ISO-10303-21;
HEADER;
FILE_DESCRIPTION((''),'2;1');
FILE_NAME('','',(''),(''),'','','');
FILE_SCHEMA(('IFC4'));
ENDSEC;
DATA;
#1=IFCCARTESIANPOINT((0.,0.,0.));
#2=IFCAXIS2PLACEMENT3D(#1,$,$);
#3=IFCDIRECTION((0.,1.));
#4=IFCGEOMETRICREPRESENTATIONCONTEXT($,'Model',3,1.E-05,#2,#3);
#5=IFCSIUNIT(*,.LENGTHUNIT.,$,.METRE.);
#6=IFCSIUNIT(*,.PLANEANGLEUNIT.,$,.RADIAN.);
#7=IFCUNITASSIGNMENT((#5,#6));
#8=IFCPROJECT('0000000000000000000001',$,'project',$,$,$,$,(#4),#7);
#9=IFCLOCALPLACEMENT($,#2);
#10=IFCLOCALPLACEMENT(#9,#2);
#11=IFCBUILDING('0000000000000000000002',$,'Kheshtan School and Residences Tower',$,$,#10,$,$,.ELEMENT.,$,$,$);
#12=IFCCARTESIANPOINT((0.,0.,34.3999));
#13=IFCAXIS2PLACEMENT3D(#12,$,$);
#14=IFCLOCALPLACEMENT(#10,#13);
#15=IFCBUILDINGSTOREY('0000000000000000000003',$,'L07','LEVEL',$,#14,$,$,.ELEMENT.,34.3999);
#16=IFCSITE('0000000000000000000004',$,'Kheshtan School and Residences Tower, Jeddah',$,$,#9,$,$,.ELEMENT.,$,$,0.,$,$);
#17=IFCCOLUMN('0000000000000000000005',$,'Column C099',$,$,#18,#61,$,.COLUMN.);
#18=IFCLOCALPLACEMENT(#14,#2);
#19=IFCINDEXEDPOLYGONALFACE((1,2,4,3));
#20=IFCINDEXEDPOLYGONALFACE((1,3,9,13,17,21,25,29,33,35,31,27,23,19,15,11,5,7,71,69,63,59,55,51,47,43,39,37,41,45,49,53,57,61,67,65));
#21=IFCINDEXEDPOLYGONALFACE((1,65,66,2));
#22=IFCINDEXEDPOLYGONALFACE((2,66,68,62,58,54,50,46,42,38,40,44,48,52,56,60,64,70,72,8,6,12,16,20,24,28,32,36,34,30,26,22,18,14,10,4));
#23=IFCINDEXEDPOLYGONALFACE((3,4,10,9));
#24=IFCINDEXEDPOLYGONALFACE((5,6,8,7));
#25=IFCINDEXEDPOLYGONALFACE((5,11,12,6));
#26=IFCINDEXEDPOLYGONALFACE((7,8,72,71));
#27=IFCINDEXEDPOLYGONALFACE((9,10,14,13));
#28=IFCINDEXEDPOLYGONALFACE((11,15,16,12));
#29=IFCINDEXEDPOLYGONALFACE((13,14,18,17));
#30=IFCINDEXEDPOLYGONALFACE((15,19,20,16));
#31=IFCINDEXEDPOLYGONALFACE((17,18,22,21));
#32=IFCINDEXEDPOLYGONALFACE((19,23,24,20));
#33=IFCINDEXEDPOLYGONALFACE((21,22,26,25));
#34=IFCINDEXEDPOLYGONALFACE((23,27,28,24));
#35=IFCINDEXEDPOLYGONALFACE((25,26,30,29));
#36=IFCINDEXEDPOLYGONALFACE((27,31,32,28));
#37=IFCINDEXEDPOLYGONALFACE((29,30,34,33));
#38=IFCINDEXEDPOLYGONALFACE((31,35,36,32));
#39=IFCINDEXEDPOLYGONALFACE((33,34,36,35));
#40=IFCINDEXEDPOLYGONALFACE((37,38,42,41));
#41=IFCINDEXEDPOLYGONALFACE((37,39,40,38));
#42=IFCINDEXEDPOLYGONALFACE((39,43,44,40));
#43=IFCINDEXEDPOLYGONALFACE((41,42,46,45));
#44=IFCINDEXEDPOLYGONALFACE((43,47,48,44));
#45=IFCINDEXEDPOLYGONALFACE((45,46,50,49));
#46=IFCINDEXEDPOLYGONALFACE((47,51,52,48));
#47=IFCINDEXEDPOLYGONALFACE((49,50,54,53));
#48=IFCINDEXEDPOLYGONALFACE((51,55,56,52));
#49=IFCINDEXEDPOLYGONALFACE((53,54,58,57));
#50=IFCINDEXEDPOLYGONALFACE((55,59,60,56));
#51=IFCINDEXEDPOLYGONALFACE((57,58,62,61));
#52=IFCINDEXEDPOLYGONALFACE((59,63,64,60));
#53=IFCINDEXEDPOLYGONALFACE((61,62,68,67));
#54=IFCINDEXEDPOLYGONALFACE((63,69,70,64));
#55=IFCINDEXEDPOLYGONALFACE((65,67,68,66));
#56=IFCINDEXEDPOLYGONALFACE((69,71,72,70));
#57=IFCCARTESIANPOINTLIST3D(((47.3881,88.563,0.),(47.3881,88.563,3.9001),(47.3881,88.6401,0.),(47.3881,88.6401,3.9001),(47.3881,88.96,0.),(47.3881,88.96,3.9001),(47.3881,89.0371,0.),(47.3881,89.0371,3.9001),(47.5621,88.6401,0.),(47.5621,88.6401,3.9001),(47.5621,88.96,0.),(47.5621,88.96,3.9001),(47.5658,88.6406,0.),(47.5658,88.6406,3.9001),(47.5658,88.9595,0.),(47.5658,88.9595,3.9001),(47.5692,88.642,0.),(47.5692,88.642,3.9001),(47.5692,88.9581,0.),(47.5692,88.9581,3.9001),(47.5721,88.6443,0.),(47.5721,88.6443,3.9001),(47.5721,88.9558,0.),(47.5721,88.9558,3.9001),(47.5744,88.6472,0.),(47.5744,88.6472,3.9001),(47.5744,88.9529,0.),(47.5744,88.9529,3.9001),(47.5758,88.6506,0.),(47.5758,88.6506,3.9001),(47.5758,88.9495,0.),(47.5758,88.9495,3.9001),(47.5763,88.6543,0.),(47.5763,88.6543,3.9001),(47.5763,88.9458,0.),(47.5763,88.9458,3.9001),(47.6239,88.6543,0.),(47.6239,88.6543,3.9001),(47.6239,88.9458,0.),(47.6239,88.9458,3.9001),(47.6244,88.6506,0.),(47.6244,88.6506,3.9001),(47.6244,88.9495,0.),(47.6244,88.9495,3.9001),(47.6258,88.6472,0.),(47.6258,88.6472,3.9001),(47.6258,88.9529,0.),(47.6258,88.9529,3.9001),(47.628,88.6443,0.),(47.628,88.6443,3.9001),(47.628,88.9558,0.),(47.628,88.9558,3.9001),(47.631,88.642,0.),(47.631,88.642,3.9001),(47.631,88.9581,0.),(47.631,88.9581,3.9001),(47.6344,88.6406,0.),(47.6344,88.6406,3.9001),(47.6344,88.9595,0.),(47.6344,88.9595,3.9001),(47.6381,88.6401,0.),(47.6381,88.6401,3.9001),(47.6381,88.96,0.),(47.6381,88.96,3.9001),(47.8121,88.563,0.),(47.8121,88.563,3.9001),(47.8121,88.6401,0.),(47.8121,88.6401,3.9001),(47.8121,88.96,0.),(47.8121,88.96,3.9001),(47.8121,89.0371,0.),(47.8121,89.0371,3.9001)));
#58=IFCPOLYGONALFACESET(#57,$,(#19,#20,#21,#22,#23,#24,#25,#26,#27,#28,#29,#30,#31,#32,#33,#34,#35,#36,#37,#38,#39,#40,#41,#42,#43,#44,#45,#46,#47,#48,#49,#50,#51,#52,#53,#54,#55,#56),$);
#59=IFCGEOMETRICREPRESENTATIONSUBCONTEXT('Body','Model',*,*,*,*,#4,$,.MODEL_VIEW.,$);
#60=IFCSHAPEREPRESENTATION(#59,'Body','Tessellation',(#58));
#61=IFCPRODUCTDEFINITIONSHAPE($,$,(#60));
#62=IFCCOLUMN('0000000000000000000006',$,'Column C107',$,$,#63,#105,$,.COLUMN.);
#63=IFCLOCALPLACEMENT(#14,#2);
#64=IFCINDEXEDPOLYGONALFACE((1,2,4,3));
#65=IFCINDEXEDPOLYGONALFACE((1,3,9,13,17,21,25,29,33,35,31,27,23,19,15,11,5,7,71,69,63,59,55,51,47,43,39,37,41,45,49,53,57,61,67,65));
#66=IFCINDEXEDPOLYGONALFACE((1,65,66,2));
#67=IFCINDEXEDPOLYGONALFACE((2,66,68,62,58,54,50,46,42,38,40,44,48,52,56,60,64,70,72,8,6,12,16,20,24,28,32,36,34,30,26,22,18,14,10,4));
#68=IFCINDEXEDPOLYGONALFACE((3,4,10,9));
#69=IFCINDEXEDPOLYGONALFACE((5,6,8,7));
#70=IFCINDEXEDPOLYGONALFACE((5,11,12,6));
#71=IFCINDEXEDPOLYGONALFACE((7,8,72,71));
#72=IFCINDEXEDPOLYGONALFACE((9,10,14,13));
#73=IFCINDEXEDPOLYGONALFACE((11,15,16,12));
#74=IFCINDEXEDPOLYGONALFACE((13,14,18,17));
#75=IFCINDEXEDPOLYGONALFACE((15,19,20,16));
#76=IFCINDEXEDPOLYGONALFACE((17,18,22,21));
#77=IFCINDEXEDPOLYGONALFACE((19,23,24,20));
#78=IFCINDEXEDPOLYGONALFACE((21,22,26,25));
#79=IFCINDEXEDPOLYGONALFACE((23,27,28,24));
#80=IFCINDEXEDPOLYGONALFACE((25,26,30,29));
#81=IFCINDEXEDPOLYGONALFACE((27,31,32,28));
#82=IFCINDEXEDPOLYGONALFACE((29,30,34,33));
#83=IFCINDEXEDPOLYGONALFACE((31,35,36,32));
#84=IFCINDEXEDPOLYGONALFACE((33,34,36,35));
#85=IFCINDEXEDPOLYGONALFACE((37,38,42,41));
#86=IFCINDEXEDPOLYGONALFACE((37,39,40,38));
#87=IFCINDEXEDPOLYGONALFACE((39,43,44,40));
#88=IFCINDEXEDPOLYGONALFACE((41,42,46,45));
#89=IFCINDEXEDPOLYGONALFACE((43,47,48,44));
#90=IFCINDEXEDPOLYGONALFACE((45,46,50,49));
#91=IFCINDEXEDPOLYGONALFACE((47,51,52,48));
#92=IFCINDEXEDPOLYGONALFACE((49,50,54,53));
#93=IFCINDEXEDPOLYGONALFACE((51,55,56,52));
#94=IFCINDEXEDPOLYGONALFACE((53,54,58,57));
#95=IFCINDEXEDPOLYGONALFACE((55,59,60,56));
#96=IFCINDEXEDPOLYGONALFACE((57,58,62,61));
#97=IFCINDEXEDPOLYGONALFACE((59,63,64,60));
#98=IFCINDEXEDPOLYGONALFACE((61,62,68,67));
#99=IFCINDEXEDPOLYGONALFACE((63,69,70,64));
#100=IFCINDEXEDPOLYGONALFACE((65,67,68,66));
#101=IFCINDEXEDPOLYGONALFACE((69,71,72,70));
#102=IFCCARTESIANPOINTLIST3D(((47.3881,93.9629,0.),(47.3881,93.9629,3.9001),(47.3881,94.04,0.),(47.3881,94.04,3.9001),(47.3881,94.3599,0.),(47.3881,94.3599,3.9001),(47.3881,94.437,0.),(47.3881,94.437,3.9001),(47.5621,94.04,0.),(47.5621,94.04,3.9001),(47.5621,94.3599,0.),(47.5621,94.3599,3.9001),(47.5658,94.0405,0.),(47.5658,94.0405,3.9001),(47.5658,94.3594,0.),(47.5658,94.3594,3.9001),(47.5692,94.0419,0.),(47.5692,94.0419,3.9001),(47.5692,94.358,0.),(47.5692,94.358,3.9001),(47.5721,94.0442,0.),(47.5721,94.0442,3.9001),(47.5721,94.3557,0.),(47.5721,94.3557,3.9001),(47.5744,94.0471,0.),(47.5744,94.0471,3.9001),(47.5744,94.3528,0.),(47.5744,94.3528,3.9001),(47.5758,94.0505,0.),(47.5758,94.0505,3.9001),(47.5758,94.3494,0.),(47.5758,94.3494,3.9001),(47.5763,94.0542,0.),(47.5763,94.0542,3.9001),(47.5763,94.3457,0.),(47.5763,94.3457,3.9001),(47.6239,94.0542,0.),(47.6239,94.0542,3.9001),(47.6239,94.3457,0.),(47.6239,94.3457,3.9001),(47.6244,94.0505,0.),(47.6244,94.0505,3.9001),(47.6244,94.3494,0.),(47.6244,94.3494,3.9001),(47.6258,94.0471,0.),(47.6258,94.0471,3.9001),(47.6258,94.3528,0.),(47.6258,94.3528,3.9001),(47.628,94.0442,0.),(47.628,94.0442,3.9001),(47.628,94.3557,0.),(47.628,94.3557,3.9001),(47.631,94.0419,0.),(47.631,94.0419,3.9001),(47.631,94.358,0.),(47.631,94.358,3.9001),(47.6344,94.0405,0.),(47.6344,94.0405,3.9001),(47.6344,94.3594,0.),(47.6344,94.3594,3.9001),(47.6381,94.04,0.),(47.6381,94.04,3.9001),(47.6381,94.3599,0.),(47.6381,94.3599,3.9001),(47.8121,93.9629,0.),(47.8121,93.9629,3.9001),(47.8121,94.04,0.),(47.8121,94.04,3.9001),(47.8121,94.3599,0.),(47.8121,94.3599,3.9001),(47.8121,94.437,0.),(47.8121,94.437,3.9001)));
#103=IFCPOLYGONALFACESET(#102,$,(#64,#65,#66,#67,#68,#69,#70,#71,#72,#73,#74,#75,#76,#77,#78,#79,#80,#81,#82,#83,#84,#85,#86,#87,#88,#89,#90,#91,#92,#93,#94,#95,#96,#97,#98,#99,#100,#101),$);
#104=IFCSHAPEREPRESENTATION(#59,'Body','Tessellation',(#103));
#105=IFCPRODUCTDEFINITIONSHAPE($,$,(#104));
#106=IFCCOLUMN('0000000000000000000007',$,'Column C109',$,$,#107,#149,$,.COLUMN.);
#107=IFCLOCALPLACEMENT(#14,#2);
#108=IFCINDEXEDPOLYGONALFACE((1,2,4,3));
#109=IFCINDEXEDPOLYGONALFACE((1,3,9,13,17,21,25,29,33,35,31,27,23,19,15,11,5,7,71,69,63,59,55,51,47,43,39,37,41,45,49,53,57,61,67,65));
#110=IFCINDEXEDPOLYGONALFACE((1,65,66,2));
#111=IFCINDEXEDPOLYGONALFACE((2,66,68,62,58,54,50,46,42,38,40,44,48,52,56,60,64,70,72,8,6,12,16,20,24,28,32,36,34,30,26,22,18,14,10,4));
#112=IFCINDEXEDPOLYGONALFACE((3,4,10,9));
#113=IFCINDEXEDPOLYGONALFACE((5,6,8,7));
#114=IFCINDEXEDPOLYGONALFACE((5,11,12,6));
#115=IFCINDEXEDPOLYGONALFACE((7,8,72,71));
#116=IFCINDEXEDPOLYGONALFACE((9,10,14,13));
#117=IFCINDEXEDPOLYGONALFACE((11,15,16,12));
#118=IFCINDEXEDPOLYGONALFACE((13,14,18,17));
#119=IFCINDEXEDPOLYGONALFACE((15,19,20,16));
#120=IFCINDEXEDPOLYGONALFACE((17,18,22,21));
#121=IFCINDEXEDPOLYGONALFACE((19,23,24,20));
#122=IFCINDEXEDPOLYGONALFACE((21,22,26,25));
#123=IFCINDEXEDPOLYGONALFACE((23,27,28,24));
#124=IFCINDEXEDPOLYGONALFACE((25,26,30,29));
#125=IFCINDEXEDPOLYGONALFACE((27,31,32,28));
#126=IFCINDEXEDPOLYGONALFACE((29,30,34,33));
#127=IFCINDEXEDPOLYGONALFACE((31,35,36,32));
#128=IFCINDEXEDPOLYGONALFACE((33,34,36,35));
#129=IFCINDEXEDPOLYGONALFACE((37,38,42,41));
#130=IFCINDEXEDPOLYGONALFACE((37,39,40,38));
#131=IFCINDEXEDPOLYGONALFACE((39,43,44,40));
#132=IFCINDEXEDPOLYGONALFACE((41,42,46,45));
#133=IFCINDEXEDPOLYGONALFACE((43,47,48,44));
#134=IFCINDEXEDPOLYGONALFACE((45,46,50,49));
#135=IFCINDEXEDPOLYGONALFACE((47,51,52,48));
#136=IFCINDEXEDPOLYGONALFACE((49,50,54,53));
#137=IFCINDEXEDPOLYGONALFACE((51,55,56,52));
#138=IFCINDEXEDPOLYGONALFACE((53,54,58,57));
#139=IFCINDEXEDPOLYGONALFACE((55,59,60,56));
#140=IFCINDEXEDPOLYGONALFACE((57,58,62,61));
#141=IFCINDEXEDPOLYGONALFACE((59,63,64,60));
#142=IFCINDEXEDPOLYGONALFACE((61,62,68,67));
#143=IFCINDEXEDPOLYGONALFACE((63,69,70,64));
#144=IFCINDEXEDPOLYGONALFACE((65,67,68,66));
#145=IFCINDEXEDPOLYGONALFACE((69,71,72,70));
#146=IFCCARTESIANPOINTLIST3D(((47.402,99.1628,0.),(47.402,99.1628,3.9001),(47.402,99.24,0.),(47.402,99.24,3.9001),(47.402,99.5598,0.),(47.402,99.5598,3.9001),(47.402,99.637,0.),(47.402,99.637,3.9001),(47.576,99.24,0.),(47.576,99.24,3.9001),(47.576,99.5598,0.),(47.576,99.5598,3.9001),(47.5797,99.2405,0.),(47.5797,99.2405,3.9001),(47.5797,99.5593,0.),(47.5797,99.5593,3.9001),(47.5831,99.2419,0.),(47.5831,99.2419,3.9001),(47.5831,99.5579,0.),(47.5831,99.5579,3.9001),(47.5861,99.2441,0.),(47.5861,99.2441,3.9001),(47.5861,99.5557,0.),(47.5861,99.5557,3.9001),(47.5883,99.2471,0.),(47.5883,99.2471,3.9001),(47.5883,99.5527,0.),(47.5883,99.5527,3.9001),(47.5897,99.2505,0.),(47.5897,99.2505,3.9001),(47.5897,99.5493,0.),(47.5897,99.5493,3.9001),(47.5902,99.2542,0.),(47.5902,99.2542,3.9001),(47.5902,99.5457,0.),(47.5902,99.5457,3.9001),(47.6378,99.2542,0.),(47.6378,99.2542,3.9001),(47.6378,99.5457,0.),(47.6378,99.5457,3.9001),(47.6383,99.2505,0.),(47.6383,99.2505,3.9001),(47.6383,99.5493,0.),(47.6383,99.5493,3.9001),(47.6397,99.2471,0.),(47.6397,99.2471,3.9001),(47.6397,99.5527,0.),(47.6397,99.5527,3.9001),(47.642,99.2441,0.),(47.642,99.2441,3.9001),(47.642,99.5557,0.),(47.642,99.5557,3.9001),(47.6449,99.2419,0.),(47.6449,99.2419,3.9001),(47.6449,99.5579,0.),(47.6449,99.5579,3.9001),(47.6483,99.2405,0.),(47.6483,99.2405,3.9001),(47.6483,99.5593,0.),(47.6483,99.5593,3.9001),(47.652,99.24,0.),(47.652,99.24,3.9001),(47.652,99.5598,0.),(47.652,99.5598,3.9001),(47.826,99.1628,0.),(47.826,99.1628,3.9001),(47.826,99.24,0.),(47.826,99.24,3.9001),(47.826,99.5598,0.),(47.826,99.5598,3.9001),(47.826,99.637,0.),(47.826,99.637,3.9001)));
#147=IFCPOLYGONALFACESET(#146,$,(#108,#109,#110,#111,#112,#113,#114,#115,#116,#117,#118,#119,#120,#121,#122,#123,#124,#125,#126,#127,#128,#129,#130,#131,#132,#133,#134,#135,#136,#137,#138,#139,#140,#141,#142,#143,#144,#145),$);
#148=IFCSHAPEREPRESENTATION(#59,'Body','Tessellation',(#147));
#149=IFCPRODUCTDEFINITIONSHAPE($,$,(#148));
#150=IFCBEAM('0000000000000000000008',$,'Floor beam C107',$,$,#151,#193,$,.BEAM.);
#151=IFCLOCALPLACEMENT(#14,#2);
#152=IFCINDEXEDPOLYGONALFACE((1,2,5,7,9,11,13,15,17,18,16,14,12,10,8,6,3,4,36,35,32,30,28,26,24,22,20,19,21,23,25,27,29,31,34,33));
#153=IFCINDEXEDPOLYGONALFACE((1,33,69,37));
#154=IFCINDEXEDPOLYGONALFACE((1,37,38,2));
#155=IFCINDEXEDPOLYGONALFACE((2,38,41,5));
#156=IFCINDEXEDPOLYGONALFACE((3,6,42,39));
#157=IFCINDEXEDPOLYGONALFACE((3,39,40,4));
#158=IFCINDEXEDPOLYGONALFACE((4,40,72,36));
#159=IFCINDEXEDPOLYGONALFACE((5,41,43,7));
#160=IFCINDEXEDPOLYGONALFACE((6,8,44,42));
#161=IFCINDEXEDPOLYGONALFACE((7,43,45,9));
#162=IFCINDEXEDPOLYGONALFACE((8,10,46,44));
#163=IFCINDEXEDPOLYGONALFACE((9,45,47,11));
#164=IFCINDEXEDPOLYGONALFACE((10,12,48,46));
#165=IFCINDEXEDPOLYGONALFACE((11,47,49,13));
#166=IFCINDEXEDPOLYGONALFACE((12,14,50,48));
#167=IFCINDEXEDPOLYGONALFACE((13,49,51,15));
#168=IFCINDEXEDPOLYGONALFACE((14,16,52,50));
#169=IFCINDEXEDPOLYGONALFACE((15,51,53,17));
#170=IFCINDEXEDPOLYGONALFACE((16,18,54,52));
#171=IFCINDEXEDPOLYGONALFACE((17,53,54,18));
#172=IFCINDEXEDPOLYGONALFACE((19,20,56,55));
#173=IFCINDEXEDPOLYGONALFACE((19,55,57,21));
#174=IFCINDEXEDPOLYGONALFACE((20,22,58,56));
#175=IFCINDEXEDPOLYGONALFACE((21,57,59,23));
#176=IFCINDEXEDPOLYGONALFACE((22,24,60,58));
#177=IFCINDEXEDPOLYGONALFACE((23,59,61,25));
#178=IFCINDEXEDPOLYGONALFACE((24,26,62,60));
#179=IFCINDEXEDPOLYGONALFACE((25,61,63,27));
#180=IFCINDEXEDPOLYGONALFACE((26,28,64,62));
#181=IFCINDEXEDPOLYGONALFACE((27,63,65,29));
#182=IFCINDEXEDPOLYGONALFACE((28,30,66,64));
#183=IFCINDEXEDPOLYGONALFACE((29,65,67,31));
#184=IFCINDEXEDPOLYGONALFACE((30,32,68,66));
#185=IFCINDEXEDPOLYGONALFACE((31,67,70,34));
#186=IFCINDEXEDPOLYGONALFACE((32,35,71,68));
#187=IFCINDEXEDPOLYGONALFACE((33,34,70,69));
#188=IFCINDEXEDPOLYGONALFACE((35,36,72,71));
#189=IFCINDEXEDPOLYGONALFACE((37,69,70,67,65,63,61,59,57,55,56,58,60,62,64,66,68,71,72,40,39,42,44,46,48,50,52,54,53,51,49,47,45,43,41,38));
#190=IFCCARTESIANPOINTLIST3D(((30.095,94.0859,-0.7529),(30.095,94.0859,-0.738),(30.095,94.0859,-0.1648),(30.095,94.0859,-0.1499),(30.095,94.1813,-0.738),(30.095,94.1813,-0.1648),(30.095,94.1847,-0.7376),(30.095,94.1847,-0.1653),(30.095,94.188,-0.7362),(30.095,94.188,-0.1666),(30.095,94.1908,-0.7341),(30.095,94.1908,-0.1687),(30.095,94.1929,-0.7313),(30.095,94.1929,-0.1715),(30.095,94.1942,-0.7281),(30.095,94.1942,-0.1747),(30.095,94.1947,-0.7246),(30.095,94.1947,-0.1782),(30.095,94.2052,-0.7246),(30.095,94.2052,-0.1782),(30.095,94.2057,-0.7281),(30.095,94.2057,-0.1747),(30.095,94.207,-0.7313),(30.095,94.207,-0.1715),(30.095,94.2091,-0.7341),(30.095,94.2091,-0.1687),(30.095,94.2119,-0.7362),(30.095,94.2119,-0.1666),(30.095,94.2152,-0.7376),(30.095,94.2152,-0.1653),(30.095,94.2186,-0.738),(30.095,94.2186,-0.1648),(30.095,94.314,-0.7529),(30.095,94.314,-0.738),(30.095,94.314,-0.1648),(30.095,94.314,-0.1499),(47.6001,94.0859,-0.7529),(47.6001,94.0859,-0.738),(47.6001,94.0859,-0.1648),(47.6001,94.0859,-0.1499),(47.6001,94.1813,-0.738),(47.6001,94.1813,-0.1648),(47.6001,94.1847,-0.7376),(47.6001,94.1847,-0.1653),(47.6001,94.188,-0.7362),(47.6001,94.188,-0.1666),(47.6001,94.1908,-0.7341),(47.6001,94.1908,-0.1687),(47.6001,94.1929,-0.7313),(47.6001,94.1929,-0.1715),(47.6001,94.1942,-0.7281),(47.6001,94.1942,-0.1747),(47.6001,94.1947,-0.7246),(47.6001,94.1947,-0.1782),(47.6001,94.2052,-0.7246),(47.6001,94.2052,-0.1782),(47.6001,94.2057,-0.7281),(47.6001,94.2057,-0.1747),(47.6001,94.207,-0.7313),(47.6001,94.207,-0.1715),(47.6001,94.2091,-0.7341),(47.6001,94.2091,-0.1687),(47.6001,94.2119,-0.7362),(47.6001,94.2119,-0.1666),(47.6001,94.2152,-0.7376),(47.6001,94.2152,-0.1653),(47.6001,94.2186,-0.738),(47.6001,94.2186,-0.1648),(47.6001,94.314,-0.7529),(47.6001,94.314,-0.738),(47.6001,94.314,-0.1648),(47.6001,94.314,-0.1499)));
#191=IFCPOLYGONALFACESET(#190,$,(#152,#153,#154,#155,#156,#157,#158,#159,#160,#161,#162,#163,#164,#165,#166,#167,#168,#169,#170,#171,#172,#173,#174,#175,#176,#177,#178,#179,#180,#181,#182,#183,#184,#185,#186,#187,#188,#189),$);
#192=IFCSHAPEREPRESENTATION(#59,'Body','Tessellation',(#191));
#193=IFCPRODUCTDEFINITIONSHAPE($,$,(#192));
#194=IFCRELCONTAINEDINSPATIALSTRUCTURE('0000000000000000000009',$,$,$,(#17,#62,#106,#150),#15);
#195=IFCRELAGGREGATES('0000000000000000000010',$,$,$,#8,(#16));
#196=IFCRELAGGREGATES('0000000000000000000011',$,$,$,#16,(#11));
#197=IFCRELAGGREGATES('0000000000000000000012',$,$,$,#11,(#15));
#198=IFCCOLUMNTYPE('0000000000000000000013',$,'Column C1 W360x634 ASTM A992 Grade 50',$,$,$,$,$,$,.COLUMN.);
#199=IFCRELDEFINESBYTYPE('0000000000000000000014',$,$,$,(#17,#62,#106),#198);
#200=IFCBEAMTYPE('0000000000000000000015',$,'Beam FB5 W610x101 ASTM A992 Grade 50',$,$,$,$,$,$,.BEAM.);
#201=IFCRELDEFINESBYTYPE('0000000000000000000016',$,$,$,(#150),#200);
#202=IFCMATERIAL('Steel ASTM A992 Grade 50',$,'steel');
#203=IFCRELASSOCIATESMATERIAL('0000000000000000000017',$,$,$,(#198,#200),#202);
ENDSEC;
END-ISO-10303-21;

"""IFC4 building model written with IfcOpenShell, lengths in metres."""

from ifc_helpers import new_model, si_unit, direction, frame, origin, origin_2d, place, context, subcontext, project, spatial, i_section, extrude, material, material_profile, profile_set, type_object, element, save


model = new_model("IFC4")

# Units and contexts
model_context = context("Model", 3, precision=1e-05, world=origin(), true_north=direction((0.0, 1.0)))
body_context = subcontext(model_context, "Body", "Model", "MODEL_VIEW")
ifc_project = project(units=[si_unit("LENGTHUNIT", "METRE"), si_unit("PLANEANGLEUNIT", "RADIAN")], contexts=[model_context])

# Site, building, storey
site_placement = place(None, origin())
site = spatial("IfcSite", under=ifc_project, at=site_placement, Name="Kheshtan School and Residences Tower, Jeddah", CompositionType="ELEMENT", RefElevation=0.0)
building_placement = place(site_placement, origin())
building = spatial("IfcBuilding", under=site, at=building_placement, Name="Kheshtan School and Residences Tower", CompositionType="ELEMENT")
storey_placement = place(building_placement, frame((0.0, 0.0, 34.3999)))
storey = spatial("IfcBuildingStorey", under=building, at=storey_placement, Name="L07", Description="LEVEL", CompositionType="ELEMENT", Elevation=34.3999)

# Columns
ifc_material_1 = material(Name="Steel ASTM A992 Grade 50", Category="steel")
ifc_material_profile_1 = material_profile(ifc_material_1, i_section(OverallWidth=0.4241, OverallDepth=0.4741, WebThickness=0.0476, FlangeThickness=0.0771, FilletRadius=0.0142, at=origin_2d()), Name="W360x634")
ifc_profile_set_1 = profile_set([ifc_material_profile_1], Name="Steel ASTM A992 Grade 50")
column_type = type_object("IfcColumnType", Name="Column C1 W360x634 ASTM A992 Grade 50", PredefinedType="COLUMN", material=ifc_profile_set_1)
for number, where, z_axis, x_axis, name in (
    (1, (47.6001, 88.8, 0.0), (0.0, 0.0, 1.0), (1.0, 0.0, 0.0), "Column C099"),
    (2, (47.6001, 94.2, 0.0), (0.0, 0.0, 1.0), (1.0, 0.0, 0.0), "Column C107"),
    (3, (47.614, 99.3999, 0.0), (0.0, 0.0, 1.0), (1.0, 0.0, 0.0), "Column C109"),
):
    element("IfcColumn", number, at=place(storey_placement, frame(where, z_axis=z_axis, x_axis=x_axis)), inside=storey, type_object=column_type, Name=name, PredefinedType="COLUMN", context=body_context, shape_type="SweptSolid", body=[
        extrude(i_section(OverallWidth=0.4241, OverallDepth=0.4741, WebThickness=0.0476, FlangeThickness=0.0771, FilletRadius=0.0142, at=origin_2d()), origin(), (0.0, 0.0, 1.0), 3.9001),
    ])

# Beam
ifc_material_profile_2 = material_profile(ifc_material_1, i_section(OverallWidth=0.228, OverallDepth=0.603, WebThickness=0.0105, FlangeThickness=0.0149, FilletRadius=0.0134, at=origin_2d()), Name="W610x101")
ifc_profile_set_2 = profile_set([ifc_material_profile_2], Name="Steel ASTM A992 Grade 50")
beam_type_1 = type_object("IfcBeamType", Name="Beam FB5 W610x101 ASTM A992 Grade 50", PredefinedType="BEAM", material=ifc_profile_set_2)
beam_1_placement = place(storey_placement, frame((47.6001, 94.2, -0.4514), z_axis=(-1.0, 0.0, 0.0), x_axis=(0.0, -1.0, 0.0)))
element("IfcBeam", 4, at=beam_1_placement, inside=storey, type_object=beam_type_1, Name="Floor beam C107", PredefinedType="BEAM", context=body_context, shape_type="SweptSolid", body=[
    extrude(i_section(OverallWidth=0.228, OverallDepth=0.603, WebThickness=0.0105, FlangeThickness=0.0149, FilletRadius=0.0134, at=origin_2d()), origin(), (0.0, 0.0, 1.0), 17.5051),
])

save(model, "model.ifc")
